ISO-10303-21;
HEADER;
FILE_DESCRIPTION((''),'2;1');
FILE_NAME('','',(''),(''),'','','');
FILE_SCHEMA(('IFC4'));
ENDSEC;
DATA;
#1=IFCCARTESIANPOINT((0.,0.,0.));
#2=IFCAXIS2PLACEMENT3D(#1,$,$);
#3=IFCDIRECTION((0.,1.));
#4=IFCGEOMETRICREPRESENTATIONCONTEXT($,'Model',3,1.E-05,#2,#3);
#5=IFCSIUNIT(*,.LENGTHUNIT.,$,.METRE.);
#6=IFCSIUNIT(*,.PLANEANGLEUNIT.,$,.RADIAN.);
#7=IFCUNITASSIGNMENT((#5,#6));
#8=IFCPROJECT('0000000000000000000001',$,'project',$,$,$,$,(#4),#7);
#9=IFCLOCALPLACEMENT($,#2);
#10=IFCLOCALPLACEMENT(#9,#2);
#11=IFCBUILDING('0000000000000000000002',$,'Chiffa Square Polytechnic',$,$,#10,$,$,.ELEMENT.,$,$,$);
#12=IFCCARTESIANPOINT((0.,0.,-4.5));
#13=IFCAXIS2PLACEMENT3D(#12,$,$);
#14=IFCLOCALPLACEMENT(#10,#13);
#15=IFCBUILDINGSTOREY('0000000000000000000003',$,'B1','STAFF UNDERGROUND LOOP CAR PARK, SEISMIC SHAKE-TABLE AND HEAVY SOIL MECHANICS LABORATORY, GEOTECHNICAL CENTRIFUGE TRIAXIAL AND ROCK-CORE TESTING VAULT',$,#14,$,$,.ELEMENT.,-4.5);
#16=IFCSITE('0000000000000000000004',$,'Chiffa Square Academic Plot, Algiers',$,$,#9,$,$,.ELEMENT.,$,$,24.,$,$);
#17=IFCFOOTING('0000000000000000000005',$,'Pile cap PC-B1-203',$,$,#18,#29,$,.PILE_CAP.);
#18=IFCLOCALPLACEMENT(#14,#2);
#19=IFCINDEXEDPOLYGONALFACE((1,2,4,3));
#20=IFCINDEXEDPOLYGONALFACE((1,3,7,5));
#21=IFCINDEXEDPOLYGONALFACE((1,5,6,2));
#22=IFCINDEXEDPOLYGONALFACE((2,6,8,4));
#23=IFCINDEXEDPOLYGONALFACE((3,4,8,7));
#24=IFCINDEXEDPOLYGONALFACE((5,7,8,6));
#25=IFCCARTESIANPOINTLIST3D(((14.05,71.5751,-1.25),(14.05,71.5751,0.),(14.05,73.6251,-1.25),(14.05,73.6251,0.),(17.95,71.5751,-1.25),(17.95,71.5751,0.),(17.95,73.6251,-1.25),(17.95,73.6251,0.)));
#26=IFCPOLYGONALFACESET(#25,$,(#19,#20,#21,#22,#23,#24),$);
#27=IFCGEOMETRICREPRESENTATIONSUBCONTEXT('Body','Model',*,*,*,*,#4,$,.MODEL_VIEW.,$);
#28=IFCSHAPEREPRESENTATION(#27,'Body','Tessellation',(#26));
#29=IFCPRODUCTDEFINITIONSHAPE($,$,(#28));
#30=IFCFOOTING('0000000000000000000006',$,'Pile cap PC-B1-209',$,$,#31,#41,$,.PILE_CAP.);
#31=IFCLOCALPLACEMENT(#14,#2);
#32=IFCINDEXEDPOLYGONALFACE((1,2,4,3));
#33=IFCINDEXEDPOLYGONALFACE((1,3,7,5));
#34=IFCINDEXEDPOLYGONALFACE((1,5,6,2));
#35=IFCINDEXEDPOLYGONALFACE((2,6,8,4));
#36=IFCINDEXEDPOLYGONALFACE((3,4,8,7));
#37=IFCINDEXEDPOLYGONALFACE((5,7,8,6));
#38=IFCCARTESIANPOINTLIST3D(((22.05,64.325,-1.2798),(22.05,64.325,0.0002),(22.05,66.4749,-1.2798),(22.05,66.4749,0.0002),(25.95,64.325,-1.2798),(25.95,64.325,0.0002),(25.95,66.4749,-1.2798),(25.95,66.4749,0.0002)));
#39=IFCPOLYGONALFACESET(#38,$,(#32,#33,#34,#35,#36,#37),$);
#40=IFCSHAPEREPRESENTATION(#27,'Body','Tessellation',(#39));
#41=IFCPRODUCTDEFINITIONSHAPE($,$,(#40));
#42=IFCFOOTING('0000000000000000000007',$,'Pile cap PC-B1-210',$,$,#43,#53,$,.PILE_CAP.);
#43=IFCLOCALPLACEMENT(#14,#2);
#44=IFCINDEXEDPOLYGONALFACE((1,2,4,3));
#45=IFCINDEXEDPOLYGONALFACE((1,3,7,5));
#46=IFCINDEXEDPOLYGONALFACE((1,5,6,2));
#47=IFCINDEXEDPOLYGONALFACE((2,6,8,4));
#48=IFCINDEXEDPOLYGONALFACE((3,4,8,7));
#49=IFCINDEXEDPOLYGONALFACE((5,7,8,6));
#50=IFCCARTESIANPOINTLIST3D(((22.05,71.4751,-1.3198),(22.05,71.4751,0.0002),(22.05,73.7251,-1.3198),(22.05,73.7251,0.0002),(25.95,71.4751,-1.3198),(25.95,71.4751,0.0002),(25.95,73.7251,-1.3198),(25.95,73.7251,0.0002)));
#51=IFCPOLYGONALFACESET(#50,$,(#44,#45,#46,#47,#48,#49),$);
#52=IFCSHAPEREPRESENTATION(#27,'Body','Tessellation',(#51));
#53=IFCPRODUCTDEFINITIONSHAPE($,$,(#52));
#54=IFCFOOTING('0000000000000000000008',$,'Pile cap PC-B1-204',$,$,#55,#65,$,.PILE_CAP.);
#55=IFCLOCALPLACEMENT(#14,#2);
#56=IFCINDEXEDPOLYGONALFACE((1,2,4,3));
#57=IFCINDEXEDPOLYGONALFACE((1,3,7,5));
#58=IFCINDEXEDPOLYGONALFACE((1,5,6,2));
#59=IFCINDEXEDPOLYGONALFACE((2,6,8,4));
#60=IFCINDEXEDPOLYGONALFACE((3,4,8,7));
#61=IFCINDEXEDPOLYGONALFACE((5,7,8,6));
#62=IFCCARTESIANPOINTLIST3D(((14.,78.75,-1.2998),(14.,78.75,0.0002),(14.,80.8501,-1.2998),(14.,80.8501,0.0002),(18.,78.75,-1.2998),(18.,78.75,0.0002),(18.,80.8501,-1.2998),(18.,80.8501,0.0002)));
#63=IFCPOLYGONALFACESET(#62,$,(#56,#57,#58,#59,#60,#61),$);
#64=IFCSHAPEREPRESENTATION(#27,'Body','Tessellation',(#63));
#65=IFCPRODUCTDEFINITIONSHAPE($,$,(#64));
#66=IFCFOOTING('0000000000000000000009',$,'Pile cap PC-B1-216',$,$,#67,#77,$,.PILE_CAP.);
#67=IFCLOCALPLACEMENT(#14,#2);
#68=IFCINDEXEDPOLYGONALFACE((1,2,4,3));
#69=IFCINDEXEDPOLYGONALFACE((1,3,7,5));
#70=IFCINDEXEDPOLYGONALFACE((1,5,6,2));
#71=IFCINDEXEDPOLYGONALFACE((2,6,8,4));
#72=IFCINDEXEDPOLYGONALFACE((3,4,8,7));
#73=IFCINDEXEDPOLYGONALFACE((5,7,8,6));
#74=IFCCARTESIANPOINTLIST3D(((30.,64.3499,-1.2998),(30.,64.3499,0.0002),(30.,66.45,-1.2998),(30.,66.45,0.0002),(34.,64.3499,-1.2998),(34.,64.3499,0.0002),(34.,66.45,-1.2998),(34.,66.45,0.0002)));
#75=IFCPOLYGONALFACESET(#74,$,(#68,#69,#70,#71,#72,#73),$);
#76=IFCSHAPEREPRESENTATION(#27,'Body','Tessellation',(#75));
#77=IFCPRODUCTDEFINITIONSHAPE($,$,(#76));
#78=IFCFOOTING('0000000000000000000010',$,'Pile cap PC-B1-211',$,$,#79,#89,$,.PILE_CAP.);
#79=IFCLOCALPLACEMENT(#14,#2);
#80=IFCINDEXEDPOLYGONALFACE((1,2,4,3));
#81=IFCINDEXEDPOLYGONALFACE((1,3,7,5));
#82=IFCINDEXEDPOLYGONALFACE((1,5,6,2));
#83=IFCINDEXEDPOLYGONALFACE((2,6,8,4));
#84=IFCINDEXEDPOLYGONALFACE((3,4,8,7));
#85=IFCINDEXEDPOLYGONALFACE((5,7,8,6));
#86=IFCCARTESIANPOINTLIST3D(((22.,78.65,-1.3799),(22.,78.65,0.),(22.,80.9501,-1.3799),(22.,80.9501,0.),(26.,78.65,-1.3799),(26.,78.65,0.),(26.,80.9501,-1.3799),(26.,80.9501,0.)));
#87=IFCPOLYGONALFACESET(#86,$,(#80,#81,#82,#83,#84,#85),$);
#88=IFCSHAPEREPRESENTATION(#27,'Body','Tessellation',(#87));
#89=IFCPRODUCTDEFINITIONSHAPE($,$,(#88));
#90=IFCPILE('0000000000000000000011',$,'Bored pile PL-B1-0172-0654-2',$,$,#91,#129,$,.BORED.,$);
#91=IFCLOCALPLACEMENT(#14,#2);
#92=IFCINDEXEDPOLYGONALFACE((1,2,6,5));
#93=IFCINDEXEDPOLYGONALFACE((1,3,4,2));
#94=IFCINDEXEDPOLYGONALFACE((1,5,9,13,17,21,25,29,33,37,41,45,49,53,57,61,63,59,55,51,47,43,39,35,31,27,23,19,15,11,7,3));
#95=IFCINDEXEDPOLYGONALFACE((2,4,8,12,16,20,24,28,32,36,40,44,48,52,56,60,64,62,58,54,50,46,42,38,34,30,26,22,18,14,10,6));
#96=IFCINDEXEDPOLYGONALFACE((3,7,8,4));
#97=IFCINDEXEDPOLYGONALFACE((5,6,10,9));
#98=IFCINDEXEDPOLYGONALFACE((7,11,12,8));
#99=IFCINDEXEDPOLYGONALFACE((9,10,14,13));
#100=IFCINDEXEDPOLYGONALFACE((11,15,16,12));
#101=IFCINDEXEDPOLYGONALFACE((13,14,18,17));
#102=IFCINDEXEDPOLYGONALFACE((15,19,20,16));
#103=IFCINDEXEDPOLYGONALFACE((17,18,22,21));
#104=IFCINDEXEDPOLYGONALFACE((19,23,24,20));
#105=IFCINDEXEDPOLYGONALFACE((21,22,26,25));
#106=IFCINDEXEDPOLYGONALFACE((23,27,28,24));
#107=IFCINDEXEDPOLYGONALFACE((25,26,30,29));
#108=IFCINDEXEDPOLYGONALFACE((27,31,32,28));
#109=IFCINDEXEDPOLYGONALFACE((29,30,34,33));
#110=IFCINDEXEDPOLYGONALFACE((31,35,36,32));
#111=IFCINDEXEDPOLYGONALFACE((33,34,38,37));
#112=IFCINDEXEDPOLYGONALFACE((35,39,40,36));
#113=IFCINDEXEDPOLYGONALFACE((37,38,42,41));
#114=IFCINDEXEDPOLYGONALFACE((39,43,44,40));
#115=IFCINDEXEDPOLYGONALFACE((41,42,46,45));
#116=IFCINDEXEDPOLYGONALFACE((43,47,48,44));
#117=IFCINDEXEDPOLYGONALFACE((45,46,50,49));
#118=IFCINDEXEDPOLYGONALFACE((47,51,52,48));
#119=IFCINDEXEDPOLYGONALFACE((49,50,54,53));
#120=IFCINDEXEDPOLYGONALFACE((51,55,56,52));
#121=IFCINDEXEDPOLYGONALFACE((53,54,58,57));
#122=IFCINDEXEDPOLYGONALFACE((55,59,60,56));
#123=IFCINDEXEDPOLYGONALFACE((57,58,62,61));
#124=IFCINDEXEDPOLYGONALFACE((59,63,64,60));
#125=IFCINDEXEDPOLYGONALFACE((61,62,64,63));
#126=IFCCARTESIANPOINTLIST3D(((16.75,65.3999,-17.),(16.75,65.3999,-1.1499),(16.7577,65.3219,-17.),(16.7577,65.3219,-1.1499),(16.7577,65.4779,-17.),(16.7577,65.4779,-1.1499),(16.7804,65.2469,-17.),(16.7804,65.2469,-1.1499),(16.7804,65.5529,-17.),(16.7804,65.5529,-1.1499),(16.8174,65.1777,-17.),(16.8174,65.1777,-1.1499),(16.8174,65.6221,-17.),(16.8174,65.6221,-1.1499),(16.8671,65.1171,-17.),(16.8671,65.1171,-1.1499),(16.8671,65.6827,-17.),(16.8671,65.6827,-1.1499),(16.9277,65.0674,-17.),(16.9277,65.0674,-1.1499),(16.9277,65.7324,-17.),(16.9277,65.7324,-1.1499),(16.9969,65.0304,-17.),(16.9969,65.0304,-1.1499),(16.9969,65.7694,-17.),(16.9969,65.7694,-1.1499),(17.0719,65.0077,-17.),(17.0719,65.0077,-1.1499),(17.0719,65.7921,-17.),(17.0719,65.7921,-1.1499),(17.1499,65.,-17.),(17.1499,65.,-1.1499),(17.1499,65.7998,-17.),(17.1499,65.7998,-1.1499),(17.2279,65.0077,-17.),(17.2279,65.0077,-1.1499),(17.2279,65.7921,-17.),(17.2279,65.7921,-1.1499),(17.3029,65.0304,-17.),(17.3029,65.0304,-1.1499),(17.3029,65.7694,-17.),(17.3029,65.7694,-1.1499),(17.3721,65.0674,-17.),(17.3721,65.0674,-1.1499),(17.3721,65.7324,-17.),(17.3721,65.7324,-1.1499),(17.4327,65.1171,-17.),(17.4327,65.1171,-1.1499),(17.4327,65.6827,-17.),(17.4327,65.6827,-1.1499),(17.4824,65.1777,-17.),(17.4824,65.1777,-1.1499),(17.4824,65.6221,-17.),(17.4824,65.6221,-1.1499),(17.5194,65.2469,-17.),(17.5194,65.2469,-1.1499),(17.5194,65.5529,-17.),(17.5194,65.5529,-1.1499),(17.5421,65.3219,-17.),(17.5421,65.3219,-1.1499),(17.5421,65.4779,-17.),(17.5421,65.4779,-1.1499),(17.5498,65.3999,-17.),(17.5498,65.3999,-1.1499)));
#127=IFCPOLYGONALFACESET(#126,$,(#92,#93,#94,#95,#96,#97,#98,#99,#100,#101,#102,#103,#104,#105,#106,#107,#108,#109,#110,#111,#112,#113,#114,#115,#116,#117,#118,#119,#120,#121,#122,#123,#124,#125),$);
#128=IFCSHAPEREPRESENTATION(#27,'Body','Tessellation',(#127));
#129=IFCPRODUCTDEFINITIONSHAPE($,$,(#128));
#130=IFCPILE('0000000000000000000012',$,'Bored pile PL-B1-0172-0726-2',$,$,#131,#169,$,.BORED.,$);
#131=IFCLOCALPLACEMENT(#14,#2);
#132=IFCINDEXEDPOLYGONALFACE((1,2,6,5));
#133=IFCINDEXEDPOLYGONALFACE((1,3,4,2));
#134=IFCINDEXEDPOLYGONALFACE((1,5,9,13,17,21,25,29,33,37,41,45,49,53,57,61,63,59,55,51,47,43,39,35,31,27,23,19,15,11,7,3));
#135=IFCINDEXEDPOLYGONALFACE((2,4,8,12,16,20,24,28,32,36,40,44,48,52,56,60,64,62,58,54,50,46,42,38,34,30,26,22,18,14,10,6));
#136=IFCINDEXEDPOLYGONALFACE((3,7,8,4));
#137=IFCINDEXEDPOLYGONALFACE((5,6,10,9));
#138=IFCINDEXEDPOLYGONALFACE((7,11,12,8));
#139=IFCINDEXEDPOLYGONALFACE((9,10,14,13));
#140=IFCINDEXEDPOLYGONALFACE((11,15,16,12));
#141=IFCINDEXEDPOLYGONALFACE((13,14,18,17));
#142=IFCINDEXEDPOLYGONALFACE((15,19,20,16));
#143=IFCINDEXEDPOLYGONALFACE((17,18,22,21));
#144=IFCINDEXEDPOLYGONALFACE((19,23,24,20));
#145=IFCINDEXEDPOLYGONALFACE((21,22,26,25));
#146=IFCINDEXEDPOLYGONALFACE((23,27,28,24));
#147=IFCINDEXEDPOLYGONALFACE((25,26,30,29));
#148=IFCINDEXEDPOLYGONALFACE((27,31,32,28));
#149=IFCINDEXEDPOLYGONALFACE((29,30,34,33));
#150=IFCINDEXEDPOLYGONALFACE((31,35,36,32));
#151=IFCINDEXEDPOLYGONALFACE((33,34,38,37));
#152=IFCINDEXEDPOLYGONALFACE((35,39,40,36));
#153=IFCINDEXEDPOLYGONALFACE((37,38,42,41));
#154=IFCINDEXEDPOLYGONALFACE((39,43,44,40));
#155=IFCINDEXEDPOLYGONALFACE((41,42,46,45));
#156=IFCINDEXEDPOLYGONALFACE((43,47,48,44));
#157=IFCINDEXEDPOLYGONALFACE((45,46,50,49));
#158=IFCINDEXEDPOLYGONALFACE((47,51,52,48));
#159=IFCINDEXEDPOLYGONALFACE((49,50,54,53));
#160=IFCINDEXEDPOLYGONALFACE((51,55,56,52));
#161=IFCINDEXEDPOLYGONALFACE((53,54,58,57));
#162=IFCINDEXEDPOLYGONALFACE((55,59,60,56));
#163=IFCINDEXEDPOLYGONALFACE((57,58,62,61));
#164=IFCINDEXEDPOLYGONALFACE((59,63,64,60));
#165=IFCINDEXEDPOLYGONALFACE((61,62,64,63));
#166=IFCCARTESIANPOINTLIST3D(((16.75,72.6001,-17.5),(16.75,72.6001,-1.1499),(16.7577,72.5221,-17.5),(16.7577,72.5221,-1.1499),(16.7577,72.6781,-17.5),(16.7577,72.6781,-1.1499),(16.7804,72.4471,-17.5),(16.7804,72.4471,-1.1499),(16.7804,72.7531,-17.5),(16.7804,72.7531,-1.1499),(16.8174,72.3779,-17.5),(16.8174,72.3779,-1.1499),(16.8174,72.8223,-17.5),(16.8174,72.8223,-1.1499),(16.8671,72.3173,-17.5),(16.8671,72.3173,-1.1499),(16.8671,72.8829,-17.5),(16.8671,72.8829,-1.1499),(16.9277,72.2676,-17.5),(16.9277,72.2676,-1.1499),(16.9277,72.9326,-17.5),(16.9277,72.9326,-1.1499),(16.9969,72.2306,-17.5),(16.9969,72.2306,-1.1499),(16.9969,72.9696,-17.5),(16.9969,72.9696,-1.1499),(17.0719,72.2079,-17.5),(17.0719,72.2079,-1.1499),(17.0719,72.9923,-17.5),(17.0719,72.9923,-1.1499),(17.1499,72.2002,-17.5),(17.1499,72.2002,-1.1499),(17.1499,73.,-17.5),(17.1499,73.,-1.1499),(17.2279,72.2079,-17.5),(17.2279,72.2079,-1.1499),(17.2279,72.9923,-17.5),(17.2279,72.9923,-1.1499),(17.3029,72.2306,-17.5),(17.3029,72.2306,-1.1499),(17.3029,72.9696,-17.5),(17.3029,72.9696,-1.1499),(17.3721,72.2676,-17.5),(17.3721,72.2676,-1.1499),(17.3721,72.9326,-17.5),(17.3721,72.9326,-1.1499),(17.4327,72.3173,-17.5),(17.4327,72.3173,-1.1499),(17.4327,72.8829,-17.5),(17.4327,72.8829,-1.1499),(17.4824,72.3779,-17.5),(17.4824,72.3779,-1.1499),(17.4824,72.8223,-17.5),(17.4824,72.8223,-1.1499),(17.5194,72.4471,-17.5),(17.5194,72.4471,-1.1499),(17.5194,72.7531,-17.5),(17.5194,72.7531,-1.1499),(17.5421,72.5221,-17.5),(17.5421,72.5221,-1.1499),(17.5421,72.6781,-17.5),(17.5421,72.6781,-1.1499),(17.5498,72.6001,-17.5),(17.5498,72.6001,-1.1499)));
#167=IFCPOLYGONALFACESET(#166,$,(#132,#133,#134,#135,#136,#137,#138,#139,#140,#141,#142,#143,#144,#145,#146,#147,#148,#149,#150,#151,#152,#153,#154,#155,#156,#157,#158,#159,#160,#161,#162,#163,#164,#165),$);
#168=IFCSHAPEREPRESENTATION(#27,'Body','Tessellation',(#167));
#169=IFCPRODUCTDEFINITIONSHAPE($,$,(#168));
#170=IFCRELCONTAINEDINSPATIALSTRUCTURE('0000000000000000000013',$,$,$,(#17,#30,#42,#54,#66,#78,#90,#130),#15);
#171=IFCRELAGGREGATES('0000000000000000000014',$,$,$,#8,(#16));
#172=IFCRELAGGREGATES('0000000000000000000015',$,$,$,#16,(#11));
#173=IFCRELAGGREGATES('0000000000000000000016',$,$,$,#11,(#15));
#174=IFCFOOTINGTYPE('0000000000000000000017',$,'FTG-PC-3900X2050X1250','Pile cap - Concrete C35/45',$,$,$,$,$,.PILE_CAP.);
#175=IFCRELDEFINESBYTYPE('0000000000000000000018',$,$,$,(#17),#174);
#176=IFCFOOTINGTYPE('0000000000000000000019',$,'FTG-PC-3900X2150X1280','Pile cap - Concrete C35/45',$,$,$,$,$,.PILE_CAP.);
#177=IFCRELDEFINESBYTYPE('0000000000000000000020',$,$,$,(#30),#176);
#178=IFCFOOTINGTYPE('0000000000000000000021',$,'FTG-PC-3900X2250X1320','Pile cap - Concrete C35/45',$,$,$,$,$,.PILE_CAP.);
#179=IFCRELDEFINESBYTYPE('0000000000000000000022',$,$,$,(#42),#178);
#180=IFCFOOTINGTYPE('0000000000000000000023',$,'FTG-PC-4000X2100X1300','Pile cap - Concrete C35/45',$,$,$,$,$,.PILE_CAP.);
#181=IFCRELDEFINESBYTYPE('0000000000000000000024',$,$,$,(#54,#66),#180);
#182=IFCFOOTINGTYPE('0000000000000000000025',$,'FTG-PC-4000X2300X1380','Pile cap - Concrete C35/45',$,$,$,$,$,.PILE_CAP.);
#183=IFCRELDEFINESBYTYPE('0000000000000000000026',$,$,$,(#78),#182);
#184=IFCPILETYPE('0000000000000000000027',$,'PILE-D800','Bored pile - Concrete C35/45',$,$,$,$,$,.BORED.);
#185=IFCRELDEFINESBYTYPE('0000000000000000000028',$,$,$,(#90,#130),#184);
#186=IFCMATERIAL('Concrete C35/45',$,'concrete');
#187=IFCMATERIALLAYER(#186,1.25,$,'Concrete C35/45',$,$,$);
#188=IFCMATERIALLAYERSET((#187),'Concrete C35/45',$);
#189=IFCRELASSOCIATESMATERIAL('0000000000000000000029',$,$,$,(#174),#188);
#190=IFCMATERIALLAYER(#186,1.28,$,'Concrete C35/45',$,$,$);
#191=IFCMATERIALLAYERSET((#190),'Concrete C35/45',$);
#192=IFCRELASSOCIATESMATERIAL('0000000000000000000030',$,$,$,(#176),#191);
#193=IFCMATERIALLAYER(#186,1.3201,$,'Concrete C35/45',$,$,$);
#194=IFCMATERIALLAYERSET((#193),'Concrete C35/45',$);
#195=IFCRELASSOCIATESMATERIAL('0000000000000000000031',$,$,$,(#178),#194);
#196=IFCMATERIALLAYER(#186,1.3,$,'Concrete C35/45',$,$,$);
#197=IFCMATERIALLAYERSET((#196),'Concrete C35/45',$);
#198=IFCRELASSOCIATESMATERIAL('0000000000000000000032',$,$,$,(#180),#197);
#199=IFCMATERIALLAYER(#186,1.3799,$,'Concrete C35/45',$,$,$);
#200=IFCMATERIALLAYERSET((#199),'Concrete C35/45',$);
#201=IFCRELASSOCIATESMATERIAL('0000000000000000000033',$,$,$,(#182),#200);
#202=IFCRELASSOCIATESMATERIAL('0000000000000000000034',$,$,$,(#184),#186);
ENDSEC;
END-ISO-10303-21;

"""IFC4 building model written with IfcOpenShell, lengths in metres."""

from ifc_helpers import new_model, si_unit, direction, frame, origin, origin_2d, place, context, subcontext, project, spatial, rectangle, circle, extrude, material, layer, layer_set, material_profile, profile_set, type_object, element, save


model = new_model("IFC4")

# Units and contexts
model_context = context("Model", 3, precision=1e-05, world=origin(), true_north=direction((0.0, 1.0)))
body_context = subcontext(model_context, "Body", "Model", "MODEL_VIEW")
ifc_project = project(units=[si_unit("LENGTHUNIT", "METRE"), si_unit("PLANEANGLEUNIT", "RADIAN")], contexts=[model_context])

# Site, building, storey
site_placement = place(None, origin())
site = spatial("IfcSite", under=ifc_project, at=site_placement, Name="Chiffa Square Academic Plot, Algiers", CompositionType="ELEMENT", RefElevation=24.0)
building_placement = place(site_placement, origin())
building = spatial("IfcBuilding", under=site, at=building_placement, Name="Chiffa Square Polytechnic", CompositionType="ELEMENT")
storey_placement = place(building_placement, frame((0.0, 0.0, -4.5)))
storey = spatial("IfcBuildingStorey", under=building, at=storey_placement, Name="B1", Description="STAFF UNDERGROUND LOOP CAR PARK, SEISMIC SHAKE-TABLE AND HEAVY SOIL MECHANICS LABORATORY, GEOTECHNICAL CENTRIFUGE TRIAXIAL AND ROCK-CORE TESTING VAULT", CompositionType="ELEMENT", Elevation=-4.5)

# Footings
ifc_material_1 = material(Name="Concrete C35/45", Category="concrete")
ifc_layer_1 = layer(ifc_material_1, 1.25, Name="Concrete C35/45")
ifc_layer_set_1 = layer_set([ifc_layer_1], Name="Concrete C35/45")
footing_type_1 = type_object("IfcFootingType", Name="FTG-PC-3900X2050X1250", Description="Pile cap - Concrete C35/45", PredefinedType="PILE_CAP", material=ifc_layer_set_1)
footing_1_placement = place(storey_placement, frame((16.0, 72.6001, -1.25), z_axis=(0.0, 0.0, 1.0), x_axis=(1.0, 0.0, 0.0)))
element("IfcFooting", 1, at=footing_1_placement, inside=storey, type_object=footing_type_1, Name="Pile cap PC-B1-203", PredefinedType="PILE_CAP", context=body_context, shape_type="SweptSolid", body=[
    extrude(rectangle(XDim=3.8999, YDim=2.05, at=origin_2d()), origin(), (0.0, 0.0, 1.0), 1.25),
])
ifc_layer_2 = layer(ifc_material_1, 1.28, Name="Concrete C35/45")
ifc_layer_set_2 = layer_set([ifc_layer_2], Name="Concrete C35/45")
footing_type_2 = type_object("IfcFootingType", Name="FTG-PC-3900X2150X1280", Description="Pile cap - Concrete C35/45", PredefinedType="PILE_CAP", material=ifc_layer_set_2)
footing_2_placement = place(storey_placement, frame((24.0, 65.3999, -1.2798), z_axis=(0.0, 0.0, 1.0), x_axis=(1.0, 0.0, 0.0)))
element("IfcFooting", 2, at=footing_2_placement, inside=storey, type_object=footing_type_2, Name="Pile cap PC-B1-209", PredefinedType="PILE_CAP", context=body_context, shape_type="SweptSolid", body=[
    extrude(rectangle(XDim=3.8999, YDim=2.1499, at=origin_2d()), origin(), (0.0, 0.0, 1.0), 1.28),
])
ifc_layer_3 = layer(ifc_material_1, 1.3201, Name="Concrete C35/45")
ifc_layer_set_3 = layer_set([ifc_layer_3], Name="Concrete C35/45")
footing_type_3 = type_object("IfcFootingType", Name="FTG-PC-3900X2250X1320", Description="Pile cap - Concrete C35/45", PredefinedType="PILE_CAP", material=ifc_layer_set_3)
footing_3_placement = place(storey_placement, frame((24.0, 72.6001, -1.3198), z_axis=(0.0, 0.0, 1.0), x_axis=(1.0, 0.0, 0.0)))
element("IfcFooting", 3, at=footing_3_placement, inside=storey, type_object=footing_type_3, Name="Pile cap PC-B1-210", PredefinedType="PILE_CAP", context=body_context, shape_type="SweptSolid", body=[
    extrude(rectangle(XDim=3.8999, YDim=2.25, at=origin_2d()), origin(), (0.0, 0.0, 1.0), 1.3201),
])
ifc_layer_4 = layer(ifc_material_1, 1.3, Name="Concrete C35/45")
ifc_layer_set_4 = layer_set([ifc_layer_4], Name="Concrete C35/45")
footing_type_4 = type_object("IfcFootingType", Name="FTG-PC-4000X2100X1300", Description="Pile cap - Concrete C35/45", PredefinedType="PILE_CAP", material=ifc_layer_set_4)
for number, where, z_axis, x_axis, name in (
    (4, (16.0, 79.8, -1.2998), (0.0, 0.0, 1.0), (1.0, 0.0, 0.0), "Pile cap PC-B1-204"),
    (5, (32.0, 65.3999, -1.2998), (0.0, 0.0, 1.0), (1.0, 0.0, 0.0), "Pile cap PC-B1-216"),
):
    element("IfcFooting", number, at=place(storey_placement, frame(where, z_axis=z_axis, x_axis=x_axis)), inside=storey, type_object=footing_type_4, Name=name, PredefinedType="PILE_CAP", context=body_context, shape_type="SweptSolid", body=[
        extrude(rectangle(XDim=4.0, YDim=2.1001, at=origin_2d()), origin(), (0.0, 0.0, 1.0), 1.3),
    ])
ifc_layer_5 = layer(ifc_material_1, 1.3799, Name="Concrete C35/45")
ifc_layer_set_5 = layer_set([ifc_layer_5], Name="Concrete C35/45")
footing_type_5 = type_object("IfcFootingType", Name="FTG-PC-4000X2300X1380", Description="Pile cap - Concrete C35/45", PredefinedType="PILE_CAP", material=ifc_layer_set_5)
footing_4_placement = place(storey_placement, frame((24.0, 79.8, -1.3799), z_axis=(0.0, 0.0, 1.0), x_axis=(1.0, 0.0, 0.0)))
element("IfcFooting", 6, at=footing_4_placement, inside=storey, type_object=footing_type_5, Name="Pile cap PC-B1-211", PredefinedType="PILE_CAP", context=body_context, shape_type="SweptSolid", body=[
    extrude(rectangle(XDim=4.0, YDim=2.3, at=origin_2d()), origin(), (0.0, 0.0, 1.0), 1.3799),
])

# Piles
ifc_material_profile_1 = material_profile(ifc_material_1, circle(Radius=0.3999, at=origin_2d()), Name="PILE D800")
ifc_profile_set_1 = profile_set([ifc_material_profile_1], Name="Concrete C35/45")
pile_type_1 = type_object("IfcPileType", Name="PILE-D800", Description="Bored pile - Concrete C35/45", PredefinedType="BORED", material=ifc_profile_set_1)
pile_1_placement = place(storey_placement, frame((17.1499, 65.3999, -1.1499), z_axis=(0.0, 0.0, -1.0), x_axis=(1.0, 0.0, 0.0)))
element("IfcPile", 7, at=pile_1_placement, inside=storey, type_object=pile_type_1, Name="Bored pile PL-B1-0172-0654-2", PredefinedType="BORED", context=body_context, shape_type="SweptSolid", body=[
    extrude(circle(Radius=0.3999, at=origin_2d()), origin(), (0.0, 0.0, 1.0), 15.8501),
])
pile_2_placement = place(storey_placement, frame((17.1499, 72.6001, -1.1499), z_axis=(0.0, 0.0, -1.0), x_axis=(1.0, 0.0, 0.0)))
element("IfcPile", 8, at=pile_2_placement, inside=storey, type_object=pile_type_1, Name="Bored pile PL-B1-0172-0726-2", PredefinedType="BORED", context=body_context, shape_type="SweptSolid", body=[
    extrude(circle(Radius=0.3999, at=origin_2d()), origin(), (0.0, 0.0, 1.0), 16.3501),
])

save(model, "model.ifc")
